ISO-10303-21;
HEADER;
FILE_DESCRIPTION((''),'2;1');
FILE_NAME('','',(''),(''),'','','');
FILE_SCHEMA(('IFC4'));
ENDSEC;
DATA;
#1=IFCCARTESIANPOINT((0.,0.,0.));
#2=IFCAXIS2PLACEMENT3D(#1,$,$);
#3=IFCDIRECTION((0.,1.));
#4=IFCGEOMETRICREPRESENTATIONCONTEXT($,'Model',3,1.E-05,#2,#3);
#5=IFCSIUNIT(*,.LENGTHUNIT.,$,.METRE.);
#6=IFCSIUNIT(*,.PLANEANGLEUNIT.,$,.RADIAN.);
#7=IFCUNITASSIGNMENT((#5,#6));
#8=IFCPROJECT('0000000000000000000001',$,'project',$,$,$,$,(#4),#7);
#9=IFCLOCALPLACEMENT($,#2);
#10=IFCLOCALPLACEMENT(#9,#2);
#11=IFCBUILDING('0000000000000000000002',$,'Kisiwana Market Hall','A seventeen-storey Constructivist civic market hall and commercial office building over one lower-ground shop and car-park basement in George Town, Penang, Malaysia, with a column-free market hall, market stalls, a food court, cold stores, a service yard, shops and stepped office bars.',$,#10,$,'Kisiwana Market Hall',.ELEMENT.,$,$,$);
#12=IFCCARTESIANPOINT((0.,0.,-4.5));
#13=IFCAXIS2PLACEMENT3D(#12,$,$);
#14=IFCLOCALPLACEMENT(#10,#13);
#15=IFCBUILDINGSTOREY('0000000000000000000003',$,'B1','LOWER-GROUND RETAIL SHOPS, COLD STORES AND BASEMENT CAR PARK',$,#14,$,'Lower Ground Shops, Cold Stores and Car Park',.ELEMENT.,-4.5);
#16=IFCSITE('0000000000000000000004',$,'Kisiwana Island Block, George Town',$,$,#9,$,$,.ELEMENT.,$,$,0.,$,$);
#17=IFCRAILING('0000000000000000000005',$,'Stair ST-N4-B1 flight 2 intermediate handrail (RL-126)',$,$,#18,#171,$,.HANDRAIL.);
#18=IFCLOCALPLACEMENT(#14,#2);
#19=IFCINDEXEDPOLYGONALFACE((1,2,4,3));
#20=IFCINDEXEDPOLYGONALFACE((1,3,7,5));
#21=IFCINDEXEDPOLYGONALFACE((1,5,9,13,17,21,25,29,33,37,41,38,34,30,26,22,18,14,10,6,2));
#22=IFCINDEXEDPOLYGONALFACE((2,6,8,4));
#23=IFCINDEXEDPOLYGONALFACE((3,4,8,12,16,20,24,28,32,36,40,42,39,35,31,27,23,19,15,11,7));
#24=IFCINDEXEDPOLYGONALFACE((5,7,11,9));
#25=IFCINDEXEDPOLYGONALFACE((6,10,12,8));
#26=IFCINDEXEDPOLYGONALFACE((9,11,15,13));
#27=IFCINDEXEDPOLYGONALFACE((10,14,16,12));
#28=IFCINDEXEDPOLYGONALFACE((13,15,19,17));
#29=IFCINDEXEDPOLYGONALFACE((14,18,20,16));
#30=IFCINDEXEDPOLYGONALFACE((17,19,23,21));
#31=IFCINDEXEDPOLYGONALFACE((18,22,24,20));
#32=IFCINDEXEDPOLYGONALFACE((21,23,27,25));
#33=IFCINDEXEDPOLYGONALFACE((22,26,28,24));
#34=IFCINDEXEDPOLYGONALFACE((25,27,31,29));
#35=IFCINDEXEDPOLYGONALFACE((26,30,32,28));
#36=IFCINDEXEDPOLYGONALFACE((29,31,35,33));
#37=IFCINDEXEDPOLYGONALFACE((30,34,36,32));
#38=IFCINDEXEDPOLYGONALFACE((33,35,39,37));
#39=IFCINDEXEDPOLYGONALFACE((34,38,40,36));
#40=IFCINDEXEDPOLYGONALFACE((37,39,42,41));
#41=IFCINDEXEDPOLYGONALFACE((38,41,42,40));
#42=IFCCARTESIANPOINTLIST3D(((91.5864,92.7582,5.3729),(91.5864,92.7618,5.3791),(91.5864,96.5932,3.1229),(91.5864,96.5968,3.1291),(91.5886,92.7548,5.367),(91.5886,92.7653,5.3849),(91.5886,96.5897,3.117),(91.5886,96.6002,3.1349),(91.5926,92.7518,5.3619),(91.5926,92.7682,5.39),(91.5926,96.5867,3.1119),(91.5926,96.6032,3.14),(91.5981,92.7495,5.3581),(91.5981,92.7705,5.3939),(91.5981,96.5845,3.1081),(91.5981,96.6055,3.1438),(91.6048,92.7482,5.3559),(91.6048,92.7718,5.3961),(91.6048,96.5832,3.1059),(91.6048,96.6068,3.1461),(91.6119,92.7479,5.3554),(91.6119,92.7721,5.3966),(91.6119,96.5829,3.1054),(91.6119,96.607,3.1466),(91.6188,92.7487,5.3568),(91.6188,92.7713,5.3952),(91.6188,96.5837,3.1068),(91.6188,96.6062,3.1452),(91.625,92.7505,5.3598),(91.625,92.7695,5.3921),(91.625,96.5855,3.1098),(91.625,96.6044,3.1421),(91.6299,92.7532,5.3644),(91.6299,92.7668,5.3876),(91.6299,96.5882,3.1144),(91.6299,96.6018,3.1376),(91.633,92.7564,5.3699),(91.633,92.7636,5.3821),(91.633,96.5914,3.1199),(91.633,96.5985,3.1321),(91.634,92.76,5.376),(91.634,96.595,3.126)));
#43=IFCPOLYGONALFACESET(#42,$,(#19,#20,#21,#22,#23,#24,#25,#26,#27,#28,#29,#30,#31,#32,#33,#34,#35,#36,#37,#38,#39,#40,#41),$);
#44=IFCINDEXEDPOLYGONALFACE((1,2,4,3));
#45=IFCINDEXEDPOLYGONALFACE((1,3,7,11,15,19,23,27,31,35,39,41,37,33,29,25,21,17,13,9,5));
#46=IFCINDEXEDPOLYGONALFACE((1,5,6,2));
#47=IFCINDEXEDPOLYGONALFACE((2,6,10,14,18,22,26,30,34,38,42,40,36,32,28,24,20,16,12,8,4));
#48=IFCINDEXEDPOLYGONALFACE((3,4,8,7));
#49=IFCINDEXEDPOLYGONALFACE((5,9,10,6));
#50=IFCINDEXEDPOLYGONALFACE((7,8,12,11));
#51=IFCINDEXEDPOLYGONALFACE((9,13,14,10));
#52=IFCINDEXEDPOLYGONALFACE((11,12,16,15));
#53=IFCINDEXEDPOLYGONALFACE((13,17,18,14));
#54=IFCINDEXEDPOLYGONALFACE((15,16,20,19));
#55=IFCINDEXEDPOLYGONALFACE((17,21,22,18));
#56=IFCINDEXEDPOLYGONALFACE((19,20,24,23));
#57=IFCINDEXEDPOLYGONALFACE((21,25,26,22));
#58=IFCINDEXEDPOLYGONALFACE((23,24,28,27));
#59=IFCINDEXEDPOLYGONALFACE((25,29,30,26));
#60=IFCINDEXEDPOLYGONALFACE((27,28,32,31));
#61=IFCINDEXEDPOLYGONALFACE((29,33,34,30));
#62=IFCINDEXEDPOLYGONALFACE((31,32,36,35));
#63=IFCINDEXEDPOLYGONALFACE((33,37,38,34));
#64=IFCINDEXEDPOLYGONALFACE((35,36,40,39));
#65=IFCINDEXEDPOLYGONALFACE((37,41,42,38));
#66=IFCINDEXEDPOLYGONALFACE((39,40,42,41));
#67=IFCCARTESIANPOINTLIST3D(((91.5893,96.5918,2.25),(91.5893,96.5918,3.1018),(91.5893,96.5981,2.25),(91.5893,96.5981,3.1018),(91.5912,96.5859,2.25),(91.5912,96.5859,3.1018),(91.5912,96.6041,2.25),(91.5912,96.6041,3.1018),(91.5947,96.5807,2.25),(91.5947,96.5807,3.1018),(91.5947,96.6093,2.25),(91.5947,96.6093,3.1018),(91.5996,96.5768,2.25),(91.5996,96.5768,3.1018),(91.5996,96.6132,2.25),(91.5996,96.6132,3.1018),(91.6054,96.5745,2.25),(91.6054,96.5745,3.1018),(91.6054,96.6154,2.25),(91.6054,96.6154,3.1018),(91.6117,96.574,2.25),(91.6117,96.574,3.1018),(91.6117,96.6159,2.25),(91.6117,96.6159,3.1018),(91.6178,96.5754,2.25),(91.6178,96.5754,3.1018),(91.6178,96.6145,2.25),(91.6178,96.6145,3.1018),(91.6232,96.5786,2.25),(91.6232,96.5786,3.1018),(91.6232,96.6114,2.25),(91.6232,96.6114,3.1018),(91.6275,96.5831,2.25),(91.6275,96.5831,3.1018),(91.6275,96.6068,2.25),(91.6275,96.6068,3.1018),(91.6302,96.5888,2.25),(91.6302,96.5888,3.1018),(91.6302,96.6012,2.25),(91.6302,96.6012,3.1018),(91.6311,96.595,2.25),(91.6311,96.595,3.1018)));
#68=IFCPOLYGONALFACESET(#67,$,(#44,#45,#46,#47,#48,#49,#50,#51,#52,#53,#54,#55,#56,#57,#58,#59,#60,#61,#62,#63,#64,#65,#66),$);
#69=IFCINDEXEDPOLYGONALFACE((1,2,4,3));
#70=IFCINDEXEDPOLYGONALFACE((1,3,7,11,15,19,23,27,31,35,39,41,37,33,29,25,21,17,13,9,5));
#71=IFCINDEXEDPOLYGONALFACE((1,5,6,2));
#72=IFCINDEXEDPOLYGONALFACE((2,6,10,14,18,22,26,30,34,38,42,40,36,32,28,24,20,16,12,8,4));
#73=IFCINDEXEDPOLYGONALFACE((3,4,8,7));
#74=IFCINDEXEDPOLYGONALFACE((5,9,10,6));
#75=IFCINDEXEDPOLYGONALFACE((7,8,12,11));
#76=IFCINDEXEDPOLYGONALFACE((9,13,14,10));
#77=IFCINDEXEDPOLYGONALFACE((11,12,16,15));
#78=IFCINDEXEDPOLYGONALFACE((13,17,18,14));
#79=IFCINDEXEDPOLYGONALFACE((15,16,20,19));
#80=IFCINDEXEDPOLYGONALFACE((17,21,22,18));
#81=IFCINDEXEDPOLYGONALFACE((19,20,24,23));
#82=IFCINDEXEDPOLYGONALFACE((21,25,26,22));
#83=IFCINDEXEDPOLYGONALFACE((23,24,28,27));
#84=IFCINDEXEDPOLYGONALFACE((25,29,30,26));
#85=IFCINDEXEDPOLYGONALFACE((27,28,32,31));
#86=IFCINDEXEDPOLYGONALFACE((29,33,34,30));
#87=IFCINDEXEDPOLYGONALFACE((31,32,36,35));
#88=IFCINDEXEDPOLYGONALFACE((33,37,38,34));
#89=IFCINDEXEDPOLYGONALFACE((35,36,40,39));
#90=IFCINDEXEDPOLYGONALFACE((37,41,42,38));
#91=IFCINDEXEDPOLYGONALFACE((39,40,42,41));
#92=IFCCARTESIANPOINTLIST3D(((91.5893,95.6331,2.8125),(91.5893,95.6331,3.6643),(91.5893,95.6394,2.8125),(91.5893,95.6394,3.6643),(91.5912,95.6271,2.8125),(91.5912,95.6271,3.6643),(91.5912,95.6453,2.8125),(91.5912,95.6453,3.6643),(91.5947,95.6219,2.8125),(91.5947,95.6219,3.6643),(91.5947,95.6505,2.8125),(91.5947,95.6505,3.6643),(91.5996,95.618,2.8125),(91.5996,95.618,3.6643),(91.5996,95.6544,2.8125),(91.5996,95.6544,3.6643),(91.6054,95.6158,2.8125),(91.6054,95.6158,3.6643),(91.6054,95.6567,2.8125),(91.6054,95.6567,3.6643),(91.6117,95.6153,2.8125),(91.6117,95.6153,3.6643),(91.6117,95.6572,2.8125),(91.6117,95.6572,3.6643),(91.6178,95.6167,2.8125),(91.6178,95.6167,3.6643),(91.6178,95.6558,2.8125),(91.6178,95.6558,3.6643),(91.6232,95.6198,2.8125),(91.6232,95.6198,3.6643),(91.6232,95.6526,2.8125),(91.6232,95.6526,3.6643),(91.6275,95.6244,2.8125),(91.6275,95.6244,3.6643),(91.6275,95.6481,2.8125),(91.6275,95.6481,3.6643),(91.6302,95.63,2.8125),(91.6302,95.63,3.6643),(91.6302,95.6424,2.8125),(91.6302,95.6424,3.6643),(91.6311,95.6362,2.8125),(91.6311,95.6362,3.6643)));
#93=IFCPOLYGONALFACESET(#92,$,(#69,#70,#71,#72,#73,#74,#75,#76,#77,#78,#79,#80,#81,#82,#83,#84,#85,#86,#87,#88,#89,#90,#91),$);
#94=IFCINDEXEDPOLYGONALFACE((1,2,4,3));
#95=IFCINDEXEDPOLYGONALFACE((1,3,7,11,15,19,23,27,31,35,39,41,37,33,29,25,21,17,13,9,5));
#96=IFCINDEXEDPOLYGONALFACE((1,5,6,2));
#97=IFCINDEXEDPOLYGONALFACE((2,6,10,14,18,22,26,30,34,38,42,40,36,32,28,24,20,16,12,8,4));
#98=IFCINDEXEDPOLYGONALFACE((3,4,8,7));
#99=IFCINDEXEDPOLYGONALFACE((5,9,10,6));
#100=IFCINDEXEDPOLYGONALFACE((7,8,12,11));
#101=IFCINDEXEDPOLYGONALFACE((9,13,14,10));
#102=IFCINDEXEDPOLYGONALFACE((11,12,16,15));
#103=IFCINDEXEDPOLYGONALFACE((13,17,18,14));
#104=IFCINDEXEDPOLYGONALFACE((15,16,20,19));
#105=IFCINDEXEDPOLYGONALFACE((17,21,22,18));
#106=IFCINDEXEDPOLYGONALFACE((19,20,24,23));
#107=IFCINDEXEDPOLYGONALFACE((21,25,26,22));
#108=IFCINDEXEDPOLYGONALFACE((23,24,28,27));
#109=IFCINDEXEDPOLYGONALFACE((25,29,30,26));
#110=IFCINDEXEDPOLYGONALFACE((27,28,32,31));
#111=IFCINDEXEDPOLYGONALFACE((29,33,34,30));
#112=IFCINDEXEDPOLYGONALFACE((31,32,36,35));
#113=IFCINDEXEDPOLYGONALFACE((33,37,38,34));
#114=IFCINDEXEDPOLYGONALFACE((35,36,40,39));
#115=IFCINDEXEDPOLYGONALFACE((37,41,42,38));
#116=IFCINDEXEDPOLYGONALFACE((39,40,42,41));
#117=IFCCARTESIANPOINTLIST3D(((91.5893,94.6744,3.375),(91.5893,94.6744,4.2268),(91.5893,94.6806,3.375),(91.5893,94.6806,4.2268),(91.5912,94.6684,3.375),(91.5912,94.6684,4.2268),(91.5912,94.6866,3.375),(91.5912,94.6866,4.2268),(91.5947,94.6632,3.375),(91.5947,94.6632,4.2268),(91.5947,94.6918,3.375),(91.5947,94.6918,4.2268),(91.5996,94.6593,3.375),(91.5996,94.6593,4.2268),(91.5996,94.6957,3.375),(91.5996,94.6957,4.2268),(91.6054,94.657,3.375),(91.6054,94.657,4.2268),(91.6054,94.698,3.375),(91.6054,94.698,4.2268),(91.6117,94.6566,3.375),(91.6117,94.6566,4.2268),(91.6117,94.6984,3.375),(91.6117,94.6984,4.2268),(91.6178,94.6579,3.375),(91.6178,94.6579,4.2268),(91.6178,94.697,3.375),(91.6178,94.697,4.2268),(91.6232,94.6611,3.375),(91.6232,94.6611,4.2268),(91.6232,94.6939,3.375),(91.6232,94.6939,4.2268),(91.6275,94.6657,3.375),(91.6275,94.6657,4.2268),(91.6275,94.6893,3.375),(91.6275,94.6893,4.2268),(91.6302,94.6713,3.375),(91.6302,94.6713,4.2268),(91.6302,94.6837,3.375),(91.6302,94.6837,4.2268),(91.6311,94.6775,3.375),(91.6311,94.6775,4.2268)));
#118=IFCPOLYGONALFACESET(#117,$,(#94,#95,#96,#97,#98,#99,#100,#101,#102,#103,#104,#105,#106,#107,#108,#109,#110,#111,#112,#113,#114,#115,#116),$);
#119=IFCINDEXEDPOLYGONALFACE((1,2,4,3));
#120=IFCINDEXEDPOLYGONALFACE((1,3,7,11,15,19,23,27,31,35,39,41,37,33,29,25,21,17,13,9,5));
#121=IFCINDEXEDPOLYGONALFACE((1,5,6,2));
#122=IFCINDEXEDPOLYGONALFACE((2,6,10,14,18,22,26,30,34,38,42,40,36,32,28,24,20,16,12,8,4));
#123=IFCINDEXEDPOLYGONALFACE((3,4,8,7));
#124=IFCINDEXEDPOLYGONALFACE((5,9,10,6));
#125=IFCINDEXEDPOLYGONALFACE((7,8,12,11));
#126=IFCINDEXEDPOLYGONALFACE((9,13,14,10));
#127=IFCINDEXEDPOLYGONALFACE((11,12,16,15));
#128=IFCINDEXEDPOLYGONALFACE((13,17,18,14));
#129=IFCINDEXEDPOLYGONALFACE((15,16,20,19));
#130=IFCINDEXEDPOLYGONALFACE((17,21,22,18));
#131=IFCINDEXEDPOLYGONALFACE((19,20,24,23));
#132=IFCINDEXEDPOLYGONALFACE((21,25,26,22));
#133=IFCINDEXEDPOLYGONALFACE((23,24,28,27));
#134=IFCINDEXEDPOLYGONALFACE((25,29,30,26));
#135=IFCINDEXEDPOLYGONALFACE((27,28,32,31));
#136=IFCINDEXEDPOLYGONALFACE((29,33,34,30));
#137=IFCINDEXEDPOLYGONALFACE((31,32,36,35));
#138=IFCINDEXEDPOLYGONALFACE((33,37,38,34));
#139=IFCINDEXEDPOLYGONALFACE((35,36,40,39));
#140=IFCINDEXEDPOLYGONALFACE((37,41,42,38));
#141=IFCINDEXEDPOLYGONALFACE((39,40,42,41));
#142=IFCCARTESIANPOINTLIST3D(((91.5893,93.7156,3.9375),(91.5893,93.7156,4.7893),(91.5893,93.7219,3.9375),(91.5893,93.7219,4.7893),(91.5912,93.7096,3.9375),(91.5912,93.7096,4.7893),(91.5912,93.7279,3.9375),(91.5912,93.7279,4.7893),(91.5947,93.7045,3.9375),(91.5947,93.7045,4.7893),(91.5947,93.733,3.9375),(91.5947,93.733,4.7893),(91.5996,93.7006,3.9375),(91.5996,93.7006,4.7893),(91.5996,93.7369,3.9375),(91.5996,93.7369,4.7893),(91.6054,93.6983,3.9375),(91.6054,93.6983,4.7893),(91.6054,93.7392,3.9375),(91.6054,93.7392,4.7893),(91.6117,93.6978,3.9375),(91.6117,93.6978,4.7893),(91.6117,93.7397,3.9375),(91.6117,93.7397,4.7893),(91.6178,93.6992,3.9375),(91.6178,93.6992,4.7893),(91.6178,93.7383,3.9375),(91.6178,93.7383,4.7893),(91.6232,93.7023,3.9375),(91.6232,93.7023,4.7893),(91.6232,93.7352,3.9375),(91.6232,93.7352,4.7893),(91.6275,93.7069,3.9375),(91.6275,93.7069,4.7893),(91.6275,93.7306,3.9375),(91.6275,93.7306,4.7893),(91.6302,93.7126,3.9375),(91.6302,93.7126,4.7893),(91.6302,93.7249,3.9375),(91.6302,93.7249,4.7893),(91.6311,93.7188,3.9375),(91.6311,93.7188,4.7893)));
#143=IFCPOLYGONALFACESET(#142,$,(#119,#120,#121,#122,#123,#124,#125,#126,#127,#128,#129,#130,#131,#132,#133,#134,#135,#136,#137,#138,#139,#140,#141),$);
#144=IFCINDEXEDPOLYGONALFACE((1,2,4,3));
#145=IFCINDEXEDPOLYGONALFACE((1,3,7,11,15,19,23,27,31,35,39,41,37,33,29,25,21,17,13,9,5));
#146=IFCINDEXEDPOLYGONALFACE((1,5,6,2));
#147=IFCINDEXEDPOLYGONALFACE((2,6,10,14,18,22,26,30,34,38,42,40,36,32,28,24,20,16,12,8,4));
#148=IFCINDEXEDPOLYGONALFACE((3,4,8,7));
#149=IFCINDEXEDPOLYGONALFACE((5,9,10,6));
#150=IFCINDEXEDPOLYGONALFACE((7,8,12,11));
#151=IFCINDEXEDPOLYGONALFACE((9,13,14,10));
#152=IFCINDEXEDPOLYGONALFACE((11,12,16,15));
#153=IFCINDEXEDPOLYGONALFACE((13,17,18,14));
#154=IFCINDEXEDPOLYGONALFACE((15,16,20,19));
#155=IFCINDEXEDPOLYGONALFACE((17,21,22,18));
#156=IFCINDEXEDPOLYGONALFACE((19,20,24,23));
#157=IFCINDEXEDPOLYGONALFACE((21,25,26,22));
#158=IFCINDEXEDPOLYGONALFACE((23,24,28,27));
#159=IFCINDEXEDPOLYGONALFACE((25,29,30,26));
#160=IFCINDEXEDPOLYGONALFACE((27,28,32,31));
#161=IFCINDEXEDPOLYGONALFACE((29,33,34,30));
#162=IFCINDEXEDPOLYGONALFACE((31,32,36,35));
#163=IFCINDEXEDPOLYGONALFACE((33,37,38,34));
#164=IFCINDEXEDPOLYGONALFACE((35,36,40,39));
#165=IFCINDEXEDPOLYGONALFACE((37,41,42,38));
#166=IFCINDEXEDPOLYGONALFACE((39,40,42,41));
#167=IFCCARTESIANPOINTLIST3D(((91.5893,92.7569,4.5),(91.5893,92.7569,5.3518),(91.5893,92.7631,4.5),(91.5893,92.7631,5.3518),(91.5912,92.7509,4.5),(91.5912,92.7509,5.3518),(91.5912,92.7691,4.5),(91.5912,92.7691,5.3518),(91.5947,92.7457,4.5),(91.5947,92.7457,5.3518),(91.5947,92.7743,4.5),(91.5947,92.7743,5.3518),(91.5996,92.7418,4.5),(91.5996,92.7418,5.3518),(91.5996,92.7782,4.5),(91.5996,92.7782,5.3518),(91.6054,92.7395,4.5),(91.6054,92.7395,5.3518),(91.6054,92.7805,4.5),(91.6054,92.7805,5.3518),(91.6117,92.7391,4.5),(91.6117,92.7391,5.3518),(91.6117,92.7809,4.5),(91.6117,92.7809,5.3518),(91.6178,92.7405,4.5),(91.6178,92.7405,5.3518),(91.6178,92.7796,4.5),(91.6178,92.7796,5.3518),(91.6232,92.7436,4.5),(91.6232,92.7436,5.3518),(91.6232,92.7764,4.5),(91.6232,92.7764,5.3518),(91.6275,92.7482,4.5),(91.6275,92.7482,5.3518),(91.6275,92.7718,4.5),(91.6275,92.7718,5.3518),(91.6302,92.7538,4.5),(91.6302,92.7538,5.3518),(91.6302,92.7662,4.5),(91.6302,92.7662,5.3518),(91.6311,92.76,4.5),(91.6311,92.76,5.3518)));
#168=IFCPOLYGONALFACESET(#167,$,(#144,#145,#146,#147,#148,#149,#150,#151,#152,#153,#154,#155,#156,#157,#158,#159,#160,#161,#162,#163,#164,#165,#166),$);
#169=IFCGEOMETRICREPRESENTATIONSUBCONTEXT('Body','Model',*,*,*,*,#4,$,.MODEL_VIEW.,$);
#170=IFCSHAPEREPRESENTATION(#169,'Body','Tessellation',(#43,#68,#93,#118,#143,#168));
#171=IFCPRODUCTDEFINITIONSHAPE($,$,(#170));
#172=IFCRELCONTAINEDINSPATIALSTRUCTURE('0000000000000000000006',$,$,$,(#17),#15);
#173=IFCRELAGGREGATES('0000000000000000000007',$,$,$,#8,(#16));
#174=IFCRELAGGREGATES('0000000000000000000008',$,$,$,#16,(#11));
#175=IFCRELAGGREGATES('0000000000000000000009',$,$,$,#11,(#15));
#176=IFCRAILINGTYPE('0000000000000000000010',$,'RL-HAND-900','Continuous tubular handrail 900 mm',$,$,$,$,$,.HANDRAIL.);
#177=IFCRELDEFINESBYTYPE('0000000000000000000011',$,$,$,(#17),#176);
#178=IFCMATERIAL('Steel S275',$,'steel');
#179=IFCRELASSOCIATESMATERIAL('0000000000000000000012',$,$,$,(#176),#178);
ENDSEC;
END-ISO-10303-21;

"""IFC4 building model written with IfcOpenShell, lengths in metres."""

from ifc_helpers import new_model, si_unit, direction, frame, origin, origin_2d, place, context, subcontext, project, spatial, circle, extrude, material, type_object, element, save


model = new_model("IFC4")

# Units and contexts
model_context = context("Model", 3, precision=1e-05, world=origin(), true_north=direction((0.0, 1.0)))
body_context = subcontext(model_context, "Body", "Model", "MODEL_VIEW")
ifc_project = project(units=[si_unit("LENGTHUNIT", "METRE"), si_unit("PLANEANGLEUNIT", "RADIAN")], contexts=[model_context])

# Site, building, storey
site_placement = place(None, origin())
site = spatial("IfcSite", under=ifc_project, at=site_placement, Name="Kisiwana Island Block, George Town", CompositionType="ELEMENT", RefElevation=0.0)
building_placement = place(site_placement, origin())
building = spatial("IfcBuilding", under=site, at=building_placement, Name="Kisiwana Market Hall", Description="A seventeen-storey Constructivist civic market hall and commercial office building over one lower-ground shop and car-park basement in George Town, Penang, Malaysia, with a column-free market hall, market stalls, a food court, cold stores, a service yard, shops and stepped office bars.", LongName="Kisiwana Market Hall", CompositionType="ELEMENT")
storey_placement = place(building_placement, frame((0.0, 0.0, -4.5)))
storey = spatial("IfcBuildingStorey", under=building, at=storey_placement, Name="B1", Description="LOWER-GROUND RETAIL SHOPS, COLD STORES AND BASEMENT CAR PARK", LongName="Lower Ground Shops, Cold Stores and Car Park", CompositionType="ELEMENT", Elevation=-4.5)

# Railing
ifc_material_1 = material(Name="Steel S275", Category="steel")
railing_type_1 = type_object("IfcRailingType", Name="RL-HAND-900", Description="Continuous tubular handrail 900 mm", PredefinedType="HANDRAIL", material=ifc_material_1)
railing_1_placement = place(storey_placement, frame((91.6101, 96.595, 2.25)))
element("IfcRailing", 1, at=railing_1_placement, inside=storey, type_object=railing_type_1, Name="Stair ST-N4-B1 flight 2 intermediate handrail (RL-126)", PredefinedType="HANDRAIL", context=body_context, shape_type="SweptSolid", body=[
    extrude(circle(Radius=0.0239, at=origin_2d()), frame((0.0, 0.0, 0.876), z_axis=(0.0, -0.86251, 0.506041), x_axis=(1.0, 0.0, 0.0)), (0.0, 0.0, 1.0), 4.4463),
    extrude(circle(Radius=0.021, at=origin_2d()), origin(), (0.0, 0.0, 1.0), 0.8518),
    extrude(circle(Radius=0.021, at=origin_2d()), frame((0.0, -0.9587, 0.5625)), (0.0, 0.0, 1.0), 0.8518),
    extrude(circle(Radius=0.021, at=origin_2d()), frame((0.0, -1.9175, 1.125)), (0.0, 0.0, 1.0), 0.8518),
    extrude(circle(Radius=0.021, at=origin_2d()), frame((0.0, -2.8762, 1.6875)), (0.0, 0.0, 1.0), 0.8518),
    extrude(circle(Radius=0.021, at=origin_2d()), frame((0.0, -3.835, 2.25)), (0.0, 0.0, 1.0), 0.8518),
])

save(model, "model.ifc")
